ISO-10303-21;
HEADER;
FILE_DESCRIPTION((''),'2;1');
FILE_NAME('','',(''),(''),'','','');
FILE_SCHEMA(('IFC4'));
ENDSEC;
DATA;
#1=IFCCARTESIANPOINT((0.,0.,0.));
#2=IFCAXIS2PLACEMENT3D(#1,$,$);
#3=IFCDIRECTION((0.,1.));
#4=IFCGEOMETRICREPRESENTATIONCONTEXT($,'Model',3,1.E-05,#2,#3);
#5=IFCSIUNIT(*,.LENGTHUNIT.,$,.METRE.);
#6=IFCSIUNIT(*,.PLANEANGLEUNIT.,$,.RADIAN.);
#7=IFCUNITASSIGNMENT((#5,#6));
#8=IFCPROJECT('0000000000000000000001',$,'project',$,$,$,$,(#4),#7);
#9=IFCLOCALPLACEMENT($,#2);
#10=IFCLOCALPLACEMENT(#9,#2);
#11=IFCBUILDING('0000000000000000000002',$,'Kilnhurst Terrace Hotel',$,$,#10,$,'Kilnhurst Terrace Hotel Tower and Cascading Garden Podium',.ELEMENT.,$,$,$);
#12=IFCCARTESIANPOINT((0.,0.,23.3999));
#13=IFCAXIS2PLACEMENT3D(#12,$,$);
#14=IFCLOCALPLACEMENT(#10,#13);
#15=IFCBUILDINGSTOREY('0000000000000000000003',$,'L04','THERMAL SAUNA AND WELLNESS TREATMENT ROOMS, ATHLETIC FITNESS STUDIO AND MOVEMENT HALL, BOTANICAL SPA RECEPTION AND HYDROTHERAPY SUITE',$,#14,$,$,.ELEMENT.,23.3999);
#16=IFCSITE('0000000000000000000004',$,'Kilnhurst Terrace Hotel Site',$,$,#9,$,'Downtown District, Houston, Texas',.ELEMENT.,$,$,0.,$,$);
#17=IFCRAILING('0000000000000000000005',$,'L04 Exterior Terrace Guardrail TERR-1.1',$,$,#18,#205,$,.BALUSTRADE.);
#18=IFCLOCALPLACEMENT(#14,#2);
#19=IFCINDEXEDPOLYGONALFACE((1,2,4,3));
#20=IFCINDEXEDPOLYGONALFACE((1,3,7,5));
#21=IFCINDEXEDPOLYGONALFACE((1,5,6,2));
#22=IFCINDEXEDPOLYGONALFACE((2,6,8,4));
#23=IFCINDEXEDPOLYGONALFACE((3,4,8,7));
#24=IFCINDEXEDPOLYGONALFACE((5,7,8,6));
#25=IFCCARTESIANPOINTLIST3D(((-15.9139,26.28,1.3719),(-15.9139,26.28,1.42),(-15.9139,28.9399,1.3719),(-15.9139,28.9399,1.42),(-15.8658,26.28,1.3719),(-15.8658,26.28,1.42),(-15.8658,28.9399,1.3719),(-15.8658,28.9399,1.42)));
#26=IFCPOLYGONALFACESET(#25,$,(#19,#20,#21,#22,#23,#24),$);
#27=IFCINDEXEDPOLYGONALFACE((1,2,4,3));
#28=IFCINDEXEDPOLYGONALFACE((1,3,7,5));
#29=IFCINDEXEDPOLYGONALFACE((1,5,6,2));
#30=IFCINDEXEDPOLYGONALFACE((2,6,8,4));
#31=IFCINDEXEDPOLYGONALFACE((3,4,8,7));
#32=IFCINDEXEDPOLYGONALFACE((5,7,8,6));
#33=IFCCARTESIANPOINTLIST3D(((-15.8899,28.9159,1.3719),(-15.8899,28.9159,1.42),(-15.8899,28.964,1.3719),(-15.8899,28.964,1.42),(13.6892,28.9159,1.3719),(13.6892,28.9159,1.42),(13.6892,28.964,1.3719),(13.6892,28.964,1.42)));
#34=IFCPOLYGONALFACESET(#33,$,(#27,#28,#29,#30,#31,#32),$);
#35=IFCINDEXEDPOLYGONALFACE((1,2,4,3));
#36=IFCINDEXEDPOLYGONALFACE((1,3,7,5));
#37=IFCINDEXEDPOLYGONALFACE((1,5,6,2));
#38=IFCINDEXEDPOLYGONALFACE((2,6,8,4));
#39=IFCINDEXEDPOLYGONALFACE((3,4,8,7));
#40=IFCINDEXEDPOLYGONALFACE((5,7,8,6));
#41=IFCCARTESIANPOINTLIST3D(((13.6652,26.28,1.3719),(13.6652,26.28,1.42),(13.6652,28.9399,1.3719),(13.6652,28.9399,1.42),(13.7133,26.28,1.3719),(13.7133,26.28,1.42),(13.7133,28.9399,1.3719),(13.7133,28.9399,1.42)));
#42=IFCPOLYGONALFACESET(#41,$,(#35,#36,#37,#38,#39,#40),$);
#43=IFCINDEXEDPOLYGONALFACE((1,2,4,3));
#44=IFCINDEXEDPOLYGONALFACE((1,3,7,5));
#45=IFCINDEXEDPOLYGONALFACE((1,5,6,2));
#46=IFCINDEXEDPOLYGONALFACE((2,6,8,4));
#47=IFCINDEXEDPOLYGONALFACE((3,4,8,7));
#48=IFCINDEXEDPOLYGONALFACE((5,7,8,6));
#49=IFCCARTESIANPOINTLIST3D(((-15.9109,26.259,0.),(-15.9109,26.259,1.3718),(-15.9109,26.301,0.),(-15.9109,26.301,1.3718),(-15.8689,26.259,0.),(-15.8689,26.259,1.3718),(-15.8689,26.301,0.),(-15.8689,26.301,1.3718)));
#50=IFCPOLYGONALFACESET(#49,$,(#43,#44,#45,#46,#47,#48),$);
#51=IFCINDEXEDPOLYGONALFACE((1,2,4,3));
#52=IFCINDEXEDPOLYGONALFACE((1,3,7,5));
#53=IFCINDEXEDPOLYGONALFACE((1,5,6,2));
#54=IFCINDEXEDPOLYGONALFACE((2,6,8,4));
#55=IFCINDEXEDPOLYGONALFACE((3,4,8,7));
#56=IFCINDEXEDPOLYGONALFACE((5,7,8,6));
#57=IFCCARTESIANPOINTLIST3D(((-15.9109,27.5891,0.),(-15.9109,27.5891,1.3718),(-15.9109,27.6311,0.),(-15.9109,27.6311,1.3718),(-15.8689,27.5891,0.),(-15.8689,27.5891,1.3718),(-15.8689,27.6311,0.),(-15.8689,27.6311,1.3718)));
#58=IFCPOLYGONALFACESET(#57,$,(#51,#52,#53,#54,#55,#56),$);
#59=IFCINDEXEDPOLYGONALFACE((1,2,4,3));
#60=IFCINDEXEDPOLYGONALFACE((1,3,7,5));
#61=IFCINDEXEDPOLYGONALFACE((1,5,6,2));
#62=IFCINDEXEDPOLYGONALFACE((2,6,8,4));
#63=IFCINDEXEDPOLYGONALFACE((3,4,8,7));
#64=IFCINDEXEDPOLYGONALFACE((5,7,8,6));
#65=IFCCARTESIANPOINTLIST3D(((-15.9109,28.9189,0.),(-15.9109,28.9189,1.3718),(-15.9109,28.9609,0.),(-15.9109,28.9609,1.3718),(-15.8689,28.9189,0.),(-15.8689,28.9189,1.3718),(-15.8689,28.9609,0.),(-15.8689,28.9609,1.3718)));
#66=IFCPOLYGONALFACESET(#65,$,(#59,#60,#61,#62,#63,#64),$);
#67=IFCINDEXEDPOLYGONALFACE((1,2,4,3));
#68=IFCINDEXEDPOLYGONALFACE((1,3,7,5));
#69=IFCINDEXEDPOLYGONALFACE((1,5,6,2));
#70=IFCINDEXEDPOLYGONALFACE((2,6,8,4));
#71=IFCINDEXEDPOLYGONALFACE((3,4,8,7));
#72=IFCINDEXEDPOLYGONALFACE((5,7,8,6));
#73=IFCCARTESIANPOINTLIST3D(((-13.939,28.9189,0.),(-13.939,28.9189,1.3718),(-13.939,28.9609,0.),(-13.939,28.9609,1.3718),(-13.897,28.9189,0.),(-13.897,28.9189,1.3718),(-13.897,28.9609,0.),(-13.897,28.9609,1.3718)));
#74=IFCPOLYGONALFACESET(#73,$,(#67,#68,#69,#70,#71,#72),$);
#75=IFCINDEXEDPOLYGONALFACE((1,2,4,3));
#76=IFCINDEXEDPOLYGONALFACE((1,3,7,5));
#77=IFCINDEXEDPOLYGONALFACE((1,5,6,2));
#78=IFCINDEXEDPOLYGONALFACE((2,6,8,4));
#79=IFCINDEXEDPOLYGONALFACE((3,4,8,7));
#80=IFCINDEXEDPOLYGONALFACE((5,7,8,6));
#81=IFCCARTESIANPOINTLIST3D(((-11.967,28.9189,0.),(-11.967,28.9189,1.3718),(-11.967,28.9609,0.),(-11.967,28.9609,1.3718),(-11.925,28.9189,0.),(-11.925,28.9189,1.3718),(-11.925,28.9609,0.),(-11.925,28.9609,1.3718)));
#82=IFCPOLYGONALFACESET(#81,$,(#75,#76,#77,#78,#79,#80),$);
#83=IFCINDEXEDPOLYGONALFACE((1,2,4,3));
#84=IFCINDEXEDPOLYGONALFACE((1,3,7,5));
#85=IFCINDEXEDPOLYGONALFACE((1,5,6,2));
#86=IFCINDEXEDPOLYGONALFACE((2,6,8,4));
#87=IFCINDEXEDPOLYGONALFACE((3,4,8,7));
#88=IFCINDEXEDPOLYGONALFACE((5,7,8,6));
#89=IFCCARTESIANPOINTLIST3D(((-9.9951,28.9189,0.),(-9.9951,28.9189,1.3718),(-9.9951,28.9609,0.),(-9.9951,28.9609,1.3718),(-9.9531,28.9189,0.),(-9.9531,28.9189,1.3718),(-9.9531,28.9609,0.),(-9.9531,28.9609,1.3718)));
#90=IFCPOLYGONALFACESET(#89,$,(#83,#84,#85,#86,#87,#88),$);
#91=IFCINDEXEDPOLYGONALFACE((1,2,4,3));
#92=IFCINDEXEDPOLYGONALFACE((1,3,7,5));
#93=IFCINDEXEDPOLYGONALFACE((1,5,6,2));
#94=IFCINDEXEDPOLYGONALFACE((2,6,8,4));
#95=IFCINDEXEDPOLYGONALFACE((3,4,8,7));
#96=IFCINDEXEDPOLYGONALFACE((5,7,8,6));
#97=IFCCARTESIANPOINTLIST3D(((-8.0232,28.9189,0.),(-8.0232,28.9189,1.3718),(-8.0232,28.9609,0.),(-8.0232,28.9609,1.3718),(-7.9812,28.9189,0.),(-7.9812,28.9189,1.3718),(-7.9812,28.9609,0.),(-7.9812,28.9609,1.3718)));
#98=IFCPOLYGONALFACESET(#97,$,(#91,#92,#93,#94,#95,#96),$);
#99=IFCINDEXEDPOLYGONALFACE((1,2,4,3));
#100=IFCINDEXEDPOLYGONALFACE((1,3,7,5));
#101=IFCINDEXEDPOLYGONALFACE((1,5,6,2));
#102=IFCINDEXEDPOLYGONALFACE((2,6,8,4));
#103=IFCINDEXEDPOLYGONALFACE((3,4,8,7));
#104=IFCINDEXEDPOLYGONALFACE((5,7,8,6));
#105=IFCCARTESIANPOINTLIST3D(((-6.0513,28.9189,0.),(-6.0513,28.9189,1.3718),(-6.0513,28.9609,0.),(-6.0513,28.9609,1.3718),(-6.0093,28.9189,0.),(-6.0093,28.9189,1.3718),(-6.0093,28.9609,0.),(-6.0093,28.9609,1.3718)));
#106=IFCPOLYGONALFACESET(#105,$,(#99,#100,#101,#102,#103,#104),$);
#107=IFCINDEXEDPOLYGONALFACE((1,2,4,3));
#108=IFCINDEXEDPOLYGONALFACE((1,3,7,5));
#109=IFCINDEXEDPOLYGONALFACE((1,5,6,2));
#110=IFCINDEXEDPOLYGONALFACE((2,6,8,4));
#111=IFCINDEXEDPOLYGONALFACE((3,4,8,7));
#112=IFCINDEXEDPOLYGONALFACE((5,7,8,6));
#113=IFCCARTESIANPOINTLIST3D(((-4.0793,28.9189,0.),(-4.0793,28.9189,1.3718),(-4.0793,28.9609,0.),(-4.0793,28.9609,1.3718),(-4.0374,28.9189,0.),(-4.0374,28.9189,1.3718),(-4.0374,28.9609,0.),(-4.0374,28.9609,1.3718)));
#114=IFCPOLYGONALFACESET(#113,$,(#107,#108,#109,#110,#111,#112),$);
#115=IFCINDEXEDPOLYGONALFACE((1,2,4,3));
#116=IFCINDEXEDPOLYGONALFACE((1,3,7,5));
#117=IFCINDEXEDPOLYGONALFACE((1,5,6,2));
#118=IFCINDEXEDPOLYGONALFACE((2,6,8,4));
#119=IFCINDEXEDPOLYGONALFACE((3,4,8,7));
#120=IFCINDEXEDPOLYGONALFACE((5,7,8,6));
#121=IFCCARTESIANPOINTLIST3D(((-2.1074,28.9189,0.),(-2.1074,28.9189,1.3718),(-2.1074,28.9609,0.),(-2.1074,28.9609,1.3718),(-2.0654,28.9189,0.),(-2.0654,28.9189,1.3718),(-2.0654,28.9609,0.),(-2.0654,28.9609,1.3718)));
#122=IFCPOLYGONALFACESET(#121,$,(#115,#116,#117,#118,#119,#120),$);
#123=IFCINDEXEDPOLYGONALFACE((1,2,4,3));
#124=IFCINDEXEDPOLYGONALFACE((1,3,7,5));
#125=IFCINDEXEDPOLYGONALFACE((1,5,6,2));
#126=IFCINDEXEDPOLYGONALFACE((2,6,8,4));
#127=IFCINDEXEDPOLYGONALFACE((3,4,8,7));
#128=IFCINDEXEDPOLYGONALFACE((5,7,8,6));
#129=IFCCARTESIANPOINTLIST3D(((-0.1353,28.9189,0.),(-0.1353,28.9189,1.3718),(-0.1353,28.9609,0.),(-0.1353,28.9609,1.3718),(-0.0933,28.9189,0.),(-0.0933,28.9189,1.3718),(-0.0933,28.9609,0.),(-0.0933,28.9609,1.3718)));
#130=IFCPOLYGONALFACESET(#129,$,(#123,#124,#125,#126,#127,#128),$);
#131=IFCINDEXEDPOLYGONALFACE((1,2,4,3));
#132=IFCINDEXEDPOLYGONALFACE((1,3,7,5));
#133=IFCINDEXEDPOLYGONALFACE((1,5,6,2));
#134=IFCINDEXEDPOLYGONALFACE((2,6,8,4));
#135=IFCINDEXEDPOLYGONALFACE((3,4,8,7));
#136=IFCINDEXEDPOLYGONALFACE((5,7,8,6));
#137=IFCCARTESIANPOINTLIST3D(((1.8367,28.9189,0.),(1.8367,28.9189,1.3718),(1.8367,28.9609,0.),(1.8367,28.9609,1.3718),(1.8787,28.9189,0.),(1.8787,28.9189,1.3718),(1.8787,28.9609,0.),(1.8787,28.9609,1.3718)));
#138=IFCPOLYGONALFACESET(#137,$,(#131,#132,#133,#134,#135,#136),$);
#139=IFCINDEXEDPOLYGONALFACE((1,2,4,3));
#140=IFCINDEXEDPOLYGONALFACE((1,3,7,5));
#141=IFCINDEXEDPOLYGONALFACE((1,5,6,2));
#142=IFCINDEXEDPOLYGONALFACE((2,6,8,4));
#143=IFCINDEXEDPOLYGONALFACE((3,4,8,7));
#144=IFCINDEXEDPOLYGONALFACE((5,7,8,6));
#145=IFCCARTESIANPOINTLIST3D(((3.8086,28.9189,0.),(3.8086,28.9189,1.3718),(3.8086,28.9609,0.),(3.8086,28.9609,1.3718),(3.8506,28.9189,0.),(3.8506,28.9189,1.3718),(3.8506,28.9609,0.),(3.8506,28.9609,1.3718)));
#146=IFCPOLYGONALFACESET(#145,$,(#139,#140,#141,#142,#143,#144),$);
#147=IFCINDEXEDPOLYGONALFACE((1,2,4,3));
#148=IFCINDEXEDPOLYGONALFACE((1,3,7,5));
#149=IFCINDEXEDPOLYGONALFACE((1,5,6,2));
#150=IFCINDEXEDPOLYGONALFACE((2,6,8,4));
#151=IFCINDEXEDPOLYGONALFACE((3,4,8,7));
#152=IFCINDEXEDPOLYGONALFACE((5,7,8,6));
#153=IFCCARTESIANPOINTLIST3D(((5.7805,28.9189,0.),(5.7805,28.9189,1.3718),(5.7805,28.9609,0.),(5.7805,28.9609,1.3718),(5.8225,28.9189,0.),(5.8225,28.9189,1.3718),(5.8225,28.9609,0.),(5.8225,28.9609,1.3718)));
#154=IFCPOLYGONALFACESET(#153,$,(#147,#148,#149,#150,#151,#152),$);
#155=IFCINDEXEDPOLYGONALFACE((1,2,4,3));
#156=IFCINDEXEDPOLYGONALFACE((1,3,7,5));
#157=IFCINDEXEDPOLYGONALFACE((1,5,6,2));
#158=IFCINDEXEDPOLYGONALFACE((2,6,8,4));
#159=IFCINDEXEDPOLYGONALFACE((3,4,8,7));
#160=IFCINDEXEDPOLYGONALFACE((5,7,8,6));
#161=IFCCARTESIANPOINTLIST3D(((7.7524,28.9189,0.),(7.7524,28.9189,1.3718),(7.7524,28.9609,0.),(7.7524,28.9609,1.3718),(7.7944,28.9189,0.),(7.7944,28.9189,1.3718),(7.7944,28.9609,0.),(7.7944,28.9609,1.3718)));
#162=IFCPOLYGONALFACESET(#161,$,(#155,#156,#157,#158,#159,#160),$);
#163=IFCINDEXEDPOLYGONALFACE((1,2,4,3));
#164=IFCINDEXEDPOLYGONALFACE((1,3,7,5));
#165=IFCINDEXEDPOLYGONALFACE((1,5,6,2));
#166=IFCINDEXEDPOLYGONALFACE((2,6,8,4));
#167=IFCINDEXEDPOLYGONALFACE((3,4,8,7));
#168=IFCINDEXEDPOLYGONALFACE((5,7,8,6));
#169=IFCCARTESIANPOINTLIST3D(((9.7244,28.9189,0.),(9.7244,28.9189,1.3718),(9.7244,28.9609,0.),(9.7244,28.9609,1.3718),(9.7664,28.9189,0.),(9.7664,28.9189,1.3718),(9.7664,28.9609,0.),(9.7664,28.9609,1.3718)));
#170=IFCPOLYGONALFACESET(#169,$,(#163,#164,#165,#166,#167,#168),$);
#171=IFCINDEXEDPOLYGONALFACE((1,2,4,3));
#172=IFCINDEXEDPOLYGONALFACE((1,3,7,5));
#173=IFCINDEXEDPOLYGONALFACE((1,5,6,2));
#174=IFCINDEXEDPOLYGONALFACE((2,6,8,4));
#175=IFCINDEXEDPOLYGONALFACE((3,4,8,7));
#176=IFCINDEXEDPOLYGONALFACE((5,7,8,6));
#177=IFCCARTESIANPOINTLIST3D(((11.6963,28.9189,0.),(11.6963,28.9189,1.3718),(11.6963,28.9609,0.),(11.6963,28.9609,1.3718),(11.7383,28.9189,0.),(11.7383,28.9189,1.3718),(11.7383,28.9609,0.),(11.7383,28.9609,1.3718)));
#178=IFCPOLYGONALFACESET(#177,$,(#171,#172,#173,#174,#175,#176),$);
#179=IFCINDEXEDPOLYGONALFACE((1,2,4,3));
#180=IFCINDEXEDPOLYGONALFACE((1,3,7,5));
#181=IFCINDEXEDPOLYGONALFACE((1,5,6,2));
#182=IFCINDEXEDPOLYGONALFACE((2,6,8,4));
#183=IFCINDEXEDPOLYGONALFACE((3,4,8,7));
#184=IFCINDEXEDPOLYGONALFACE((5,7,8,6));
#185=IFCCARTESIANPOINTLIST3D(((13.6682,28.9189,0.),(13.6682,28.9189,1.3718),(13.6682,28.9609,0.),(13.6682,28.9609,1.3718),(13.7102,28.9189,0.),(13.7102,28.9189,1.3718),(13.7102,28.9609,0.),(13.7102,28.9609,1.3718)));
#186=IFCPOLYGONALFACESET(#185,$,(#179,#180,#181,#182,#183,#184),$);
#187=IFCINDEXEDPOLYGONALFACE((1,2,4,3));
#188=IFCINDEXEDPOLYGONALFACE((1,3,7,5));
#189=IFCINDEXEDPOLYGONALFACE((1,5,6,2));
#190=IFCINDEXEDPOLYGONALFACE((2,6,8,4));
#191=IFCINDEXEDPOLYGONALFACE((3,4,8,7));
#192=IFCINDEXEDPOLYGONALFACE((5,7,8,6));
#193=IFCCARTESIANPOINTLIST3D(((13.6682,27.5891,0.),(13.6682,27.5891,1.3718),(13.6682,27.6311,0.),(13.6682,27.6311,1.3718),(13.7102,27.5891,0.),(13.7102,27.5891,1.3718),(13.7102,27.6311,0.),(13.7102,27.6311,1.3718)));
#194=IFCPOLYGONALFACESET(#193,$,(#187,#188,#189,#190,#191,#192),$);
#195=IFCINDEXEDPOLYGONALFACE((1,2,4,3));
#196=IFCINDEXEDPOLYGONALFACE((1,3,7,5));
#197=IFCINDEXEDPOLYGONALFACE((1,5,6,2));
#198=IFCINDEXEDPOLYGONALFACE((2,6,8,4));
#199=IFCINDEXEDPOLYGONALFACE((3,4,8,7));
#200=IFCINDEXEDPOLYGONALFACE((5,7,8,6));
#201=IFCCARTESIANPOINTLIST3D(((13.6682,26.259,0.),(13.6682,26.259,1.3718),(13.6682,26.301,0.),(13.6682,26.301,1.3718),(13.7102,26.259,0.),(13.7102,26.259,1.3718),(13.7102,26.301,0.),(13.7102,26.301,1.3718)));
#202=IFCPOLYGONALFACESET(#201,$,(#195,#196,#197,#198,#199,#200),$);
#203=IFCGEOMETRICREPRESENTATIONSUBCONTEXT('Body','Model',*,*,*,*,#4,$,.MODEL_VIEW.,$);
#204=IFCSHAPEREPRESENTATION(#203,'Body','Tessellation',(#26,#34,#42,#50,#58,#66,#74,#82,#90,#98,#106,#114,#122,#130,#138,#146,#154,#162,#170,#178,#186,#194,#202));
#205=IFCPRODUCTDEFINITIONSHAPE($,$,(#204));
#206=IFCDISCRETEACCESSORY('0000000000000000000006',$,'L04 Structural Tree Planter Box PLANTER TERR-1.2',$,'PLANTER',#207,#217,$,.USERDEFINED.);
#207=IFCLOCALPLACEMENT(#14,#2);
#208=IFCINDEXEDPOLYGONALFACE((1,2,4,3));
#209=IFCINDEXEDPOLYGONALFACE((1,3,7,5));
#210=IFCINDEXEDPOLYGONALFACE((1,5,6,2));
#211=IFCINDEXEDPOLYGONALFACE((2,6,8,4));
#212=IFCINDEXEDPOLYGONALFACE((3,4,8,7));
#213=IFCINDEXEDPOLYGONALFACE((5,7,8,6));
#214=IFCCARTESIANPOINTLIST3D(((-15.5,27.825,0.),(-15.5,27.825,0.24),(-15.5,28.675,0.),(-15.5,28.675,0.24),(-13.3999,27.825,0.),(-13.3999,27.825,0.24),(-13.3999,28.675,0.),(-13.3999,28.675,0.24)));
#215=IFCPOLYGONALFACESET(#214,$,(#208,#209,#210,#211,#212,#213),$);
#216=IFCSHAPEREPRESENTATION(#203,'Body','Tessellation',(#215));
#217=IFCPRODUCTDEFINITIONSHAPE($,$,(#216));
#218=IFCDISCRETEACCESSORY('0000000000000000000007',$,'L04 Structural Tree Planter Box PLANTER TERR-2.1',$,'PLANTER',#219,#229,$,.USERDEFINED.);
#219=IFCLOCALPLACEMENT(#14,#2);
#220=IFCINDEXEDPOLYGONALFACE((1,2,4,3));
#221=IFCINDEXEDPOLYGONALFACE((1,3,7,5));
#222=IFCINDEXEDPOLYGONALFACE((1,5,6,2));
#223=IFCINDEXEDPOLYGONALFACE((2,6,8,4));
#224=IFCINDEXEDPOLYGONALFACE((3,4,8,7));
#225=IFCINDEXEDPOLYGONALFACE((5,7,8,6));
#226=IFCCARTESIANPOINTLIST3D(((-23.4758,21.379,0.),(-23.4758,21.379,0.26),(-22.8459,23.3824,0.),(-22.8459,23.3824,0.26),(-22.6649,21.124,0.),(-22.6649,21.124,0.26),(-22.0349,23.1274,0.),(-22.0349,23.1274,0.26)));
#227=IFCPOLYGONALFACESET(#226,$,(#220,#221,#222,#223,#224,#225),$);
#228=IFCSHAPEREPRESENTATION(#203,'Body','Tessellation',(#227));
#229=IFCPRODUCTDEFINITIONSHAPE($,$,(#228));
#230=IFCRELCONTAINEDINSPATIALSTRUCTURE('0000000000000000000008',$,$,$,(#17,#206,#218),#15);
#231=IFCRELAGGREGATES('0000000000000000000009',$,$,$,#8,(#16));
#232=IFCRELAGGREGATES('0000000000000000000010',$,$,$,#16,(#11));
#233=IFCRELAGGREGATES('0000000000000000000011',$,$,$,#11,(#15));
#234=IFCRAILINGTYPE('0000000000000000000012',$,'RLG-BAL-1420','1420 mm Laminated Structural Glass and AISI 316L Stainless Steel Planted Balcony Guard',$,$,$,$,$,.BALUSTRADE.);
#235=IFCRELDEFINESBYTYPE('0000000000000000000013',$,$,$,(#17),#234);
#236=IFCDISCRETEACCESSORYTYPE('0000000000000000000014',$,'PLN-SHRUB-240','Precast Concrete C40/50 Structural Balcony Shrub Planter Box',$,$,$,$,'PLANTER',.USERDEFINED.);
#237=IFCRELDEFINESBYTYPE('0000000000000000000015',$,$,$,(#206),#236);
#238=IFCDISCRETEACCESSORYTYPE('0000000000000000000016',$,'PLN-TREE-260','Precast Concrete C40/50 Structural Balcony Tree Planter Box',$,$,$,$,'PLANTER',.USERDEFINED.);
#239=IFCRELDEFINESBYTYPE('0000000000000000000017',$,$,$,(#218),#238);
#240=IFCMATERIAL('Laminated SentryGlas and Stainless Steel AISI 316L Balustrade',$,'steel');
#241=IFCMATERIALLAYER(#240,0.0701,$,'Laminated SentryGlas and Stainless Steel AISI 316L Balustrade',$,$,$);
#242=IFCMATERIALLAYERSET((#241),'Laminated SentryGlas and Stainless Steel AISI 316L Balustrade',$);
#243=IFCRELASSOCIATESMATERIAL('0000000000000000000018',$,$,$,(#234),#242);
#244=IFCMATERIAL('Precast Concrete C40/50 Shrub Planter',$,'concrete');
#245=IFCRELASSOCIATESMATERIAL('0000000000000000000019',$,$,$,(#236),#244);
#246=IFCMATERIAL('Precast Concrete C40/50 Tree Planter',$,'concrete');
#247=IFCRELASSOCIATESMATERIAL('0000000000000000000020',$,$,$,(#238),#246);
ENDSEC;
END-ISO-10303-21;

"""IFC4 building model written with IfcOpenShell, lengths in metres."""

from ifc_helpers import new_model, si_unit, direction, frame, origin, origin_2d, place, context, subcontext, project, spatial, rectangle, extrude, material, layer, layer_set, type_object, element, save


model = new_model("IFC4")

# Units and contexts
model_context = context("Model", 3, precision=1e-05, world=origin(), true_north=direction((0.0, 1.0)))
body_context = subcontext(model_context, "Body", "Model", "MODEL_VIEW")
ifc_project = project(units=[si_unit("LENGTHUNIT", "METRE"), si_unit("PLANEANGLEUNIT", "RADIAN")], contexts=[model_context])

# Site, building, storey
site_placement = place(None, origin())
site = spatial("IfcSite", under=ifc_project, at=site_placement, Name="Kilnhurst Terrace Hotel Site", LongName="Downtown District, Houston, Texas", CompositionType="ELEMENT", RefElevation=0.0)
building_placement = place(site_placement, origin())
building = spatial("IfcBuilding", under=site, at=building_placement, Name="Kilnhurst Terrace Hotel", LongName="Kilnhurst Terrace Hotel Tower and Cascading Garden Podium", CompositionType="ELEMENT")
storey_placement = place(building_placement, frame((0.0, 0.0, 23.3999)))
storey = spatial("IfcBuildingStorey", under=building, at=storey_placement, Name="L04", Description="THERMAL SAUNA AND WELLNESS TREATMENT ROOMS, ATHLETIC FITNESS STUDIO AND MOVEMENT HALL, BOTANICAL SPA RECEPTION AND HYDROTHERAPY SUITE", CompositionType="ELEMENT", Elevation=23.3999)

# Railing
ifc_material_1 = material(Name="Laminated SentryGlas and Stainless Steel AISI 316L Balustrade", Category="steel")
ifc_layer_1 = layer(ifc_material_1, 0.0701, Name="Laminated SentryGlas and Stainless Steel AISI 316L Balustrade")
ifc_layer_set_1 = layer_set([ifc_layer_1], Name="Laminated SentryGlas and Stainless Steel AISI 316L Balustrade")
railing_type = type_object("IfcRailingType", Name="RLG-BAL-1420", Description="1420 mm Laminated Structural Glass and AISI 316L Stainless Steel Planted Balcony Guard", PredefinedType="BALUSTRADE", material=ifc_layer_set_1)
railing_placement = place(storey_placement, frame((-15.8899, 26.28, 0.0)))
element("IfcRailing", 1, at=railing_placement, inside=storey, type_object=railing_type, Name="L04 Exterior Terrace Guardrail TERR-1.1", PredefinedType="BALUSTRADE", context=body_context, shape_type="SweptSolid", body=[
    extrude(rectangle(XDim=0.0481, YDim=0.0481, at=origin_2d()), frame((0.0, 0.0, 1.396), z_axis=(0.0, 1.0, 0.0), x_axis=(-1.0, 0.0, 0.0)), (0.0, 0.0, 1.0), 2.6599),
    extrude(rectangle(XDim=0.0481, YDim=0.0481, at=origin_2d()), frame((0.0, 2.6599, 1.396), z_axis=(1.0, 0.0, 0.0), x_axis=(0.0, 1.0, 0.0)), (0.0, 0.0, 1.0), 29.5791),
    extrude(rectangle(XDim=0.0481, YDim=0.0481, at=origin_2d()), frame((29.5791, 2.6599, 1.396), z_axis=(0.0, -1.0, 0.0), x_axis=(1.0, 0.0, 0.0)), (0.0, 0.0, 1.0), 2.6599),
    extrude(rectangle(XDim=0.042, YDim=0.042, at=origin_2d()), origin(), (0.0, 0.0, 1.0), 1.3718),
    extrude(rectangle(XDim=0.042, YDim=0.042, at=origin_2d()), frame((0.0, 1.3301, 0.0)), (0.0, 0.0, 1.0), 1.3718),
    extrude(rectangle(XDim=0.042, YDim=0.042, at=origin_2d()), frame((0.0, 2.6599, 0.0)), (0.0, 0.0, 1.0), 1.3718),
    extrude(rectangle(XDim=0.042, YDim=0.042, at=origin_2d()), frame((1.9719, 2.6599, 0.0)), (0.0, 0.0, 1.0), 1.3718),
    extrude(rectangle(XDim=0.042, YDim=0.042, at=origin_2d()), frame((3.9438, 2.6599, 0.0)), (0.0, 0.0, 1.0), 1.3718),
    extrude(rectangle(XDim=0.042, YDim=0.042, at=origin_2d()), frame((5.9158, 2.6599, 0.0)), (0.0, 0.0, 1.0), 1.3718),
    extrude(rectangle(XDim=0.042, YDim=0.042, at=origin_2d()), frame((7.8877, 2.6599, 0.0)), (0.0, 0.0, 1.0), 1.3718),
    extrude(rectangle(XDim=0.042, YDim=0.042, at=origin_2d()), frame((9.8596, 2.6599, 0.0)), (0.0, 0.0, 1.0), 1.3718),
    extrude(rectangle(XDim=0.042, YDim=0.042, at=origin_2d()), frame((11.8315, 2.6599, 0.0)), (0.0, 0.0, 1.0), 1.3718),
    extrude(rectangle(XDim=0.042, YDim=0.042, at=origin_2d()), frame((13.8035, 2.6599, 0.0)), (0.0, 0.0, 1.0), 1.3718),
    extrude(rectangle(XDim=0.042, YDim=0.042, at=origin_2d()), frame((15.7756, 2.6599, 0.0)), (0.0, 0.0, 1.0), 1.3718),
    extrude(rectangle(XDim=0.042, YDim=0.042, at=origin_2d()), frame((17.7476, 2.6599, 0.0)), (0.0, 0.0, 1.0), 1.3718),
    extrude(rectangle(XDim=0.042, YDim=0.042, at=origin_2d()), frame((19.7195, 2.6599, 0.0)), (0.0, 0.0, 1.0), 1.3718),
    extrude(rectangle(XDim=0.042, YDim=0.042, at=origin_2d()), frame((21.6914, 2.6599, 0.0)), (0.0, 0.0, 1.0), 1.3718),
    extrude(rectangle(XDim=0.042, YDim=0.042, at=origin_2d()), frame((23.6633, 2.6599, 0.0)), (0.0, 0.0, 1.0), 1.3718),
    extrude(rectangle(XDim=0.042, YDim=0.042, at=origin_2d()), frame((25.6353, 2.6599, 0.0)), (0.0, 0.0, 1.0), 1.3718),
    extrude(rectangle(XDim=0.042, YDim=0.042, at=origin_2d()), frame((27.6072, 2.6599, 0.0)), (0.0, 0.0, 1.0), 1.3718),
    extrude(rectangle(XDim=0.042, YDim=0.042, at=origin_2d()), frame((29.5791, 2.6599, 0.0)), (0.0, 0.0, 1.0), 1.3718),
    extrude(rectangle(XDim=0.042, YDim=0.042, at=origin_2d()), frame((29.5791, 1.3301, 0.0)), (0.0, 0.0, 1.0), 1.3718),
    extrude(rectangle(XDim=0.042, YDim=0.042, at=origin_2d()), frame((29.5791, 0.0, 0.0)), (0.0, 0.0, 1.0), 1.3718),
])

# Discrete accessories
ifc_material_2 = material(Name="Precast Concrete C40/50 Shrub Planter", Category="concrete")
discrete_accessory_type_1 = type_object("IfcDiscreteAccessoryType", Name="PLN-SHRUB-240", Description="Precast Concrete C40/50 Structural Balcony Shrub Planter Box", ElementType="PLANTER", PredefinedType="USERDEFINED", material=ifc_material_2)
discrete_accessory_1_placement = place(storey_placement, frame((-14.45, 28.25, 0.0), z_axis=(0.0, 0.0, 1.0), x_axis=(-1.0, 0.0, 0.0)))
element("IfcDiscreteAccessory", 2, at=discrete_accessory_1_placement, inside=storey, type_object=discrete_accessory_type_1, Name="L04 Structural Tree Planter Box PLANTER TERR-1.2", ObjectType="PLANTER", PredefinedType="USERDEFINED", context=body_context, shape_type="SweptSolid", body=[
    extrude(rectangle(XDim=2.1001, YDim=0.8501, at=origin_2d()), origin(), (0.0, 0.0, 1.0), 0.24),
])
ifc_material_3 = material(Name="Precast Concrete C40/50 Tree Planter", Category="concrete")
discrete_accessory_type_2 = type_object("IfcDiscreteAccessoryType", Name="PLN-TREE-260", Description="Precast Concrete C40/50 Structural Balcony Tree Planter Box", ElementType="PLANTER", PredefinedType="USERDEFINED", material=ifc_material_3)
discrete_accessory_2_placement = place(storey_placement, frame((-22.7554, 22.2532, 0.0), z_axis=(0.0, 0.0, 1.0), x_axis=(-0.299973, -0.953948, 0.0)))
element("IfcDiscreteAccessory", 3, at=discrete_accessory_2_placement, inside=storey, type_object=discrete_accessory_type_2, Name="L04 Structural Tree Planter Box PLANTER TERR-2.1", ObjectType="PLANTER", PredefinedType="USERDEFINED", context=body_context, shape_type="SweptSolid", body=[
    extrude(rectangle(XDim=2.1001, YDim=0.8501, at=origin_2d()), origin(), (0.0, 0.0, 1.0), 0.26),
])

save(model, "model.ifc")
